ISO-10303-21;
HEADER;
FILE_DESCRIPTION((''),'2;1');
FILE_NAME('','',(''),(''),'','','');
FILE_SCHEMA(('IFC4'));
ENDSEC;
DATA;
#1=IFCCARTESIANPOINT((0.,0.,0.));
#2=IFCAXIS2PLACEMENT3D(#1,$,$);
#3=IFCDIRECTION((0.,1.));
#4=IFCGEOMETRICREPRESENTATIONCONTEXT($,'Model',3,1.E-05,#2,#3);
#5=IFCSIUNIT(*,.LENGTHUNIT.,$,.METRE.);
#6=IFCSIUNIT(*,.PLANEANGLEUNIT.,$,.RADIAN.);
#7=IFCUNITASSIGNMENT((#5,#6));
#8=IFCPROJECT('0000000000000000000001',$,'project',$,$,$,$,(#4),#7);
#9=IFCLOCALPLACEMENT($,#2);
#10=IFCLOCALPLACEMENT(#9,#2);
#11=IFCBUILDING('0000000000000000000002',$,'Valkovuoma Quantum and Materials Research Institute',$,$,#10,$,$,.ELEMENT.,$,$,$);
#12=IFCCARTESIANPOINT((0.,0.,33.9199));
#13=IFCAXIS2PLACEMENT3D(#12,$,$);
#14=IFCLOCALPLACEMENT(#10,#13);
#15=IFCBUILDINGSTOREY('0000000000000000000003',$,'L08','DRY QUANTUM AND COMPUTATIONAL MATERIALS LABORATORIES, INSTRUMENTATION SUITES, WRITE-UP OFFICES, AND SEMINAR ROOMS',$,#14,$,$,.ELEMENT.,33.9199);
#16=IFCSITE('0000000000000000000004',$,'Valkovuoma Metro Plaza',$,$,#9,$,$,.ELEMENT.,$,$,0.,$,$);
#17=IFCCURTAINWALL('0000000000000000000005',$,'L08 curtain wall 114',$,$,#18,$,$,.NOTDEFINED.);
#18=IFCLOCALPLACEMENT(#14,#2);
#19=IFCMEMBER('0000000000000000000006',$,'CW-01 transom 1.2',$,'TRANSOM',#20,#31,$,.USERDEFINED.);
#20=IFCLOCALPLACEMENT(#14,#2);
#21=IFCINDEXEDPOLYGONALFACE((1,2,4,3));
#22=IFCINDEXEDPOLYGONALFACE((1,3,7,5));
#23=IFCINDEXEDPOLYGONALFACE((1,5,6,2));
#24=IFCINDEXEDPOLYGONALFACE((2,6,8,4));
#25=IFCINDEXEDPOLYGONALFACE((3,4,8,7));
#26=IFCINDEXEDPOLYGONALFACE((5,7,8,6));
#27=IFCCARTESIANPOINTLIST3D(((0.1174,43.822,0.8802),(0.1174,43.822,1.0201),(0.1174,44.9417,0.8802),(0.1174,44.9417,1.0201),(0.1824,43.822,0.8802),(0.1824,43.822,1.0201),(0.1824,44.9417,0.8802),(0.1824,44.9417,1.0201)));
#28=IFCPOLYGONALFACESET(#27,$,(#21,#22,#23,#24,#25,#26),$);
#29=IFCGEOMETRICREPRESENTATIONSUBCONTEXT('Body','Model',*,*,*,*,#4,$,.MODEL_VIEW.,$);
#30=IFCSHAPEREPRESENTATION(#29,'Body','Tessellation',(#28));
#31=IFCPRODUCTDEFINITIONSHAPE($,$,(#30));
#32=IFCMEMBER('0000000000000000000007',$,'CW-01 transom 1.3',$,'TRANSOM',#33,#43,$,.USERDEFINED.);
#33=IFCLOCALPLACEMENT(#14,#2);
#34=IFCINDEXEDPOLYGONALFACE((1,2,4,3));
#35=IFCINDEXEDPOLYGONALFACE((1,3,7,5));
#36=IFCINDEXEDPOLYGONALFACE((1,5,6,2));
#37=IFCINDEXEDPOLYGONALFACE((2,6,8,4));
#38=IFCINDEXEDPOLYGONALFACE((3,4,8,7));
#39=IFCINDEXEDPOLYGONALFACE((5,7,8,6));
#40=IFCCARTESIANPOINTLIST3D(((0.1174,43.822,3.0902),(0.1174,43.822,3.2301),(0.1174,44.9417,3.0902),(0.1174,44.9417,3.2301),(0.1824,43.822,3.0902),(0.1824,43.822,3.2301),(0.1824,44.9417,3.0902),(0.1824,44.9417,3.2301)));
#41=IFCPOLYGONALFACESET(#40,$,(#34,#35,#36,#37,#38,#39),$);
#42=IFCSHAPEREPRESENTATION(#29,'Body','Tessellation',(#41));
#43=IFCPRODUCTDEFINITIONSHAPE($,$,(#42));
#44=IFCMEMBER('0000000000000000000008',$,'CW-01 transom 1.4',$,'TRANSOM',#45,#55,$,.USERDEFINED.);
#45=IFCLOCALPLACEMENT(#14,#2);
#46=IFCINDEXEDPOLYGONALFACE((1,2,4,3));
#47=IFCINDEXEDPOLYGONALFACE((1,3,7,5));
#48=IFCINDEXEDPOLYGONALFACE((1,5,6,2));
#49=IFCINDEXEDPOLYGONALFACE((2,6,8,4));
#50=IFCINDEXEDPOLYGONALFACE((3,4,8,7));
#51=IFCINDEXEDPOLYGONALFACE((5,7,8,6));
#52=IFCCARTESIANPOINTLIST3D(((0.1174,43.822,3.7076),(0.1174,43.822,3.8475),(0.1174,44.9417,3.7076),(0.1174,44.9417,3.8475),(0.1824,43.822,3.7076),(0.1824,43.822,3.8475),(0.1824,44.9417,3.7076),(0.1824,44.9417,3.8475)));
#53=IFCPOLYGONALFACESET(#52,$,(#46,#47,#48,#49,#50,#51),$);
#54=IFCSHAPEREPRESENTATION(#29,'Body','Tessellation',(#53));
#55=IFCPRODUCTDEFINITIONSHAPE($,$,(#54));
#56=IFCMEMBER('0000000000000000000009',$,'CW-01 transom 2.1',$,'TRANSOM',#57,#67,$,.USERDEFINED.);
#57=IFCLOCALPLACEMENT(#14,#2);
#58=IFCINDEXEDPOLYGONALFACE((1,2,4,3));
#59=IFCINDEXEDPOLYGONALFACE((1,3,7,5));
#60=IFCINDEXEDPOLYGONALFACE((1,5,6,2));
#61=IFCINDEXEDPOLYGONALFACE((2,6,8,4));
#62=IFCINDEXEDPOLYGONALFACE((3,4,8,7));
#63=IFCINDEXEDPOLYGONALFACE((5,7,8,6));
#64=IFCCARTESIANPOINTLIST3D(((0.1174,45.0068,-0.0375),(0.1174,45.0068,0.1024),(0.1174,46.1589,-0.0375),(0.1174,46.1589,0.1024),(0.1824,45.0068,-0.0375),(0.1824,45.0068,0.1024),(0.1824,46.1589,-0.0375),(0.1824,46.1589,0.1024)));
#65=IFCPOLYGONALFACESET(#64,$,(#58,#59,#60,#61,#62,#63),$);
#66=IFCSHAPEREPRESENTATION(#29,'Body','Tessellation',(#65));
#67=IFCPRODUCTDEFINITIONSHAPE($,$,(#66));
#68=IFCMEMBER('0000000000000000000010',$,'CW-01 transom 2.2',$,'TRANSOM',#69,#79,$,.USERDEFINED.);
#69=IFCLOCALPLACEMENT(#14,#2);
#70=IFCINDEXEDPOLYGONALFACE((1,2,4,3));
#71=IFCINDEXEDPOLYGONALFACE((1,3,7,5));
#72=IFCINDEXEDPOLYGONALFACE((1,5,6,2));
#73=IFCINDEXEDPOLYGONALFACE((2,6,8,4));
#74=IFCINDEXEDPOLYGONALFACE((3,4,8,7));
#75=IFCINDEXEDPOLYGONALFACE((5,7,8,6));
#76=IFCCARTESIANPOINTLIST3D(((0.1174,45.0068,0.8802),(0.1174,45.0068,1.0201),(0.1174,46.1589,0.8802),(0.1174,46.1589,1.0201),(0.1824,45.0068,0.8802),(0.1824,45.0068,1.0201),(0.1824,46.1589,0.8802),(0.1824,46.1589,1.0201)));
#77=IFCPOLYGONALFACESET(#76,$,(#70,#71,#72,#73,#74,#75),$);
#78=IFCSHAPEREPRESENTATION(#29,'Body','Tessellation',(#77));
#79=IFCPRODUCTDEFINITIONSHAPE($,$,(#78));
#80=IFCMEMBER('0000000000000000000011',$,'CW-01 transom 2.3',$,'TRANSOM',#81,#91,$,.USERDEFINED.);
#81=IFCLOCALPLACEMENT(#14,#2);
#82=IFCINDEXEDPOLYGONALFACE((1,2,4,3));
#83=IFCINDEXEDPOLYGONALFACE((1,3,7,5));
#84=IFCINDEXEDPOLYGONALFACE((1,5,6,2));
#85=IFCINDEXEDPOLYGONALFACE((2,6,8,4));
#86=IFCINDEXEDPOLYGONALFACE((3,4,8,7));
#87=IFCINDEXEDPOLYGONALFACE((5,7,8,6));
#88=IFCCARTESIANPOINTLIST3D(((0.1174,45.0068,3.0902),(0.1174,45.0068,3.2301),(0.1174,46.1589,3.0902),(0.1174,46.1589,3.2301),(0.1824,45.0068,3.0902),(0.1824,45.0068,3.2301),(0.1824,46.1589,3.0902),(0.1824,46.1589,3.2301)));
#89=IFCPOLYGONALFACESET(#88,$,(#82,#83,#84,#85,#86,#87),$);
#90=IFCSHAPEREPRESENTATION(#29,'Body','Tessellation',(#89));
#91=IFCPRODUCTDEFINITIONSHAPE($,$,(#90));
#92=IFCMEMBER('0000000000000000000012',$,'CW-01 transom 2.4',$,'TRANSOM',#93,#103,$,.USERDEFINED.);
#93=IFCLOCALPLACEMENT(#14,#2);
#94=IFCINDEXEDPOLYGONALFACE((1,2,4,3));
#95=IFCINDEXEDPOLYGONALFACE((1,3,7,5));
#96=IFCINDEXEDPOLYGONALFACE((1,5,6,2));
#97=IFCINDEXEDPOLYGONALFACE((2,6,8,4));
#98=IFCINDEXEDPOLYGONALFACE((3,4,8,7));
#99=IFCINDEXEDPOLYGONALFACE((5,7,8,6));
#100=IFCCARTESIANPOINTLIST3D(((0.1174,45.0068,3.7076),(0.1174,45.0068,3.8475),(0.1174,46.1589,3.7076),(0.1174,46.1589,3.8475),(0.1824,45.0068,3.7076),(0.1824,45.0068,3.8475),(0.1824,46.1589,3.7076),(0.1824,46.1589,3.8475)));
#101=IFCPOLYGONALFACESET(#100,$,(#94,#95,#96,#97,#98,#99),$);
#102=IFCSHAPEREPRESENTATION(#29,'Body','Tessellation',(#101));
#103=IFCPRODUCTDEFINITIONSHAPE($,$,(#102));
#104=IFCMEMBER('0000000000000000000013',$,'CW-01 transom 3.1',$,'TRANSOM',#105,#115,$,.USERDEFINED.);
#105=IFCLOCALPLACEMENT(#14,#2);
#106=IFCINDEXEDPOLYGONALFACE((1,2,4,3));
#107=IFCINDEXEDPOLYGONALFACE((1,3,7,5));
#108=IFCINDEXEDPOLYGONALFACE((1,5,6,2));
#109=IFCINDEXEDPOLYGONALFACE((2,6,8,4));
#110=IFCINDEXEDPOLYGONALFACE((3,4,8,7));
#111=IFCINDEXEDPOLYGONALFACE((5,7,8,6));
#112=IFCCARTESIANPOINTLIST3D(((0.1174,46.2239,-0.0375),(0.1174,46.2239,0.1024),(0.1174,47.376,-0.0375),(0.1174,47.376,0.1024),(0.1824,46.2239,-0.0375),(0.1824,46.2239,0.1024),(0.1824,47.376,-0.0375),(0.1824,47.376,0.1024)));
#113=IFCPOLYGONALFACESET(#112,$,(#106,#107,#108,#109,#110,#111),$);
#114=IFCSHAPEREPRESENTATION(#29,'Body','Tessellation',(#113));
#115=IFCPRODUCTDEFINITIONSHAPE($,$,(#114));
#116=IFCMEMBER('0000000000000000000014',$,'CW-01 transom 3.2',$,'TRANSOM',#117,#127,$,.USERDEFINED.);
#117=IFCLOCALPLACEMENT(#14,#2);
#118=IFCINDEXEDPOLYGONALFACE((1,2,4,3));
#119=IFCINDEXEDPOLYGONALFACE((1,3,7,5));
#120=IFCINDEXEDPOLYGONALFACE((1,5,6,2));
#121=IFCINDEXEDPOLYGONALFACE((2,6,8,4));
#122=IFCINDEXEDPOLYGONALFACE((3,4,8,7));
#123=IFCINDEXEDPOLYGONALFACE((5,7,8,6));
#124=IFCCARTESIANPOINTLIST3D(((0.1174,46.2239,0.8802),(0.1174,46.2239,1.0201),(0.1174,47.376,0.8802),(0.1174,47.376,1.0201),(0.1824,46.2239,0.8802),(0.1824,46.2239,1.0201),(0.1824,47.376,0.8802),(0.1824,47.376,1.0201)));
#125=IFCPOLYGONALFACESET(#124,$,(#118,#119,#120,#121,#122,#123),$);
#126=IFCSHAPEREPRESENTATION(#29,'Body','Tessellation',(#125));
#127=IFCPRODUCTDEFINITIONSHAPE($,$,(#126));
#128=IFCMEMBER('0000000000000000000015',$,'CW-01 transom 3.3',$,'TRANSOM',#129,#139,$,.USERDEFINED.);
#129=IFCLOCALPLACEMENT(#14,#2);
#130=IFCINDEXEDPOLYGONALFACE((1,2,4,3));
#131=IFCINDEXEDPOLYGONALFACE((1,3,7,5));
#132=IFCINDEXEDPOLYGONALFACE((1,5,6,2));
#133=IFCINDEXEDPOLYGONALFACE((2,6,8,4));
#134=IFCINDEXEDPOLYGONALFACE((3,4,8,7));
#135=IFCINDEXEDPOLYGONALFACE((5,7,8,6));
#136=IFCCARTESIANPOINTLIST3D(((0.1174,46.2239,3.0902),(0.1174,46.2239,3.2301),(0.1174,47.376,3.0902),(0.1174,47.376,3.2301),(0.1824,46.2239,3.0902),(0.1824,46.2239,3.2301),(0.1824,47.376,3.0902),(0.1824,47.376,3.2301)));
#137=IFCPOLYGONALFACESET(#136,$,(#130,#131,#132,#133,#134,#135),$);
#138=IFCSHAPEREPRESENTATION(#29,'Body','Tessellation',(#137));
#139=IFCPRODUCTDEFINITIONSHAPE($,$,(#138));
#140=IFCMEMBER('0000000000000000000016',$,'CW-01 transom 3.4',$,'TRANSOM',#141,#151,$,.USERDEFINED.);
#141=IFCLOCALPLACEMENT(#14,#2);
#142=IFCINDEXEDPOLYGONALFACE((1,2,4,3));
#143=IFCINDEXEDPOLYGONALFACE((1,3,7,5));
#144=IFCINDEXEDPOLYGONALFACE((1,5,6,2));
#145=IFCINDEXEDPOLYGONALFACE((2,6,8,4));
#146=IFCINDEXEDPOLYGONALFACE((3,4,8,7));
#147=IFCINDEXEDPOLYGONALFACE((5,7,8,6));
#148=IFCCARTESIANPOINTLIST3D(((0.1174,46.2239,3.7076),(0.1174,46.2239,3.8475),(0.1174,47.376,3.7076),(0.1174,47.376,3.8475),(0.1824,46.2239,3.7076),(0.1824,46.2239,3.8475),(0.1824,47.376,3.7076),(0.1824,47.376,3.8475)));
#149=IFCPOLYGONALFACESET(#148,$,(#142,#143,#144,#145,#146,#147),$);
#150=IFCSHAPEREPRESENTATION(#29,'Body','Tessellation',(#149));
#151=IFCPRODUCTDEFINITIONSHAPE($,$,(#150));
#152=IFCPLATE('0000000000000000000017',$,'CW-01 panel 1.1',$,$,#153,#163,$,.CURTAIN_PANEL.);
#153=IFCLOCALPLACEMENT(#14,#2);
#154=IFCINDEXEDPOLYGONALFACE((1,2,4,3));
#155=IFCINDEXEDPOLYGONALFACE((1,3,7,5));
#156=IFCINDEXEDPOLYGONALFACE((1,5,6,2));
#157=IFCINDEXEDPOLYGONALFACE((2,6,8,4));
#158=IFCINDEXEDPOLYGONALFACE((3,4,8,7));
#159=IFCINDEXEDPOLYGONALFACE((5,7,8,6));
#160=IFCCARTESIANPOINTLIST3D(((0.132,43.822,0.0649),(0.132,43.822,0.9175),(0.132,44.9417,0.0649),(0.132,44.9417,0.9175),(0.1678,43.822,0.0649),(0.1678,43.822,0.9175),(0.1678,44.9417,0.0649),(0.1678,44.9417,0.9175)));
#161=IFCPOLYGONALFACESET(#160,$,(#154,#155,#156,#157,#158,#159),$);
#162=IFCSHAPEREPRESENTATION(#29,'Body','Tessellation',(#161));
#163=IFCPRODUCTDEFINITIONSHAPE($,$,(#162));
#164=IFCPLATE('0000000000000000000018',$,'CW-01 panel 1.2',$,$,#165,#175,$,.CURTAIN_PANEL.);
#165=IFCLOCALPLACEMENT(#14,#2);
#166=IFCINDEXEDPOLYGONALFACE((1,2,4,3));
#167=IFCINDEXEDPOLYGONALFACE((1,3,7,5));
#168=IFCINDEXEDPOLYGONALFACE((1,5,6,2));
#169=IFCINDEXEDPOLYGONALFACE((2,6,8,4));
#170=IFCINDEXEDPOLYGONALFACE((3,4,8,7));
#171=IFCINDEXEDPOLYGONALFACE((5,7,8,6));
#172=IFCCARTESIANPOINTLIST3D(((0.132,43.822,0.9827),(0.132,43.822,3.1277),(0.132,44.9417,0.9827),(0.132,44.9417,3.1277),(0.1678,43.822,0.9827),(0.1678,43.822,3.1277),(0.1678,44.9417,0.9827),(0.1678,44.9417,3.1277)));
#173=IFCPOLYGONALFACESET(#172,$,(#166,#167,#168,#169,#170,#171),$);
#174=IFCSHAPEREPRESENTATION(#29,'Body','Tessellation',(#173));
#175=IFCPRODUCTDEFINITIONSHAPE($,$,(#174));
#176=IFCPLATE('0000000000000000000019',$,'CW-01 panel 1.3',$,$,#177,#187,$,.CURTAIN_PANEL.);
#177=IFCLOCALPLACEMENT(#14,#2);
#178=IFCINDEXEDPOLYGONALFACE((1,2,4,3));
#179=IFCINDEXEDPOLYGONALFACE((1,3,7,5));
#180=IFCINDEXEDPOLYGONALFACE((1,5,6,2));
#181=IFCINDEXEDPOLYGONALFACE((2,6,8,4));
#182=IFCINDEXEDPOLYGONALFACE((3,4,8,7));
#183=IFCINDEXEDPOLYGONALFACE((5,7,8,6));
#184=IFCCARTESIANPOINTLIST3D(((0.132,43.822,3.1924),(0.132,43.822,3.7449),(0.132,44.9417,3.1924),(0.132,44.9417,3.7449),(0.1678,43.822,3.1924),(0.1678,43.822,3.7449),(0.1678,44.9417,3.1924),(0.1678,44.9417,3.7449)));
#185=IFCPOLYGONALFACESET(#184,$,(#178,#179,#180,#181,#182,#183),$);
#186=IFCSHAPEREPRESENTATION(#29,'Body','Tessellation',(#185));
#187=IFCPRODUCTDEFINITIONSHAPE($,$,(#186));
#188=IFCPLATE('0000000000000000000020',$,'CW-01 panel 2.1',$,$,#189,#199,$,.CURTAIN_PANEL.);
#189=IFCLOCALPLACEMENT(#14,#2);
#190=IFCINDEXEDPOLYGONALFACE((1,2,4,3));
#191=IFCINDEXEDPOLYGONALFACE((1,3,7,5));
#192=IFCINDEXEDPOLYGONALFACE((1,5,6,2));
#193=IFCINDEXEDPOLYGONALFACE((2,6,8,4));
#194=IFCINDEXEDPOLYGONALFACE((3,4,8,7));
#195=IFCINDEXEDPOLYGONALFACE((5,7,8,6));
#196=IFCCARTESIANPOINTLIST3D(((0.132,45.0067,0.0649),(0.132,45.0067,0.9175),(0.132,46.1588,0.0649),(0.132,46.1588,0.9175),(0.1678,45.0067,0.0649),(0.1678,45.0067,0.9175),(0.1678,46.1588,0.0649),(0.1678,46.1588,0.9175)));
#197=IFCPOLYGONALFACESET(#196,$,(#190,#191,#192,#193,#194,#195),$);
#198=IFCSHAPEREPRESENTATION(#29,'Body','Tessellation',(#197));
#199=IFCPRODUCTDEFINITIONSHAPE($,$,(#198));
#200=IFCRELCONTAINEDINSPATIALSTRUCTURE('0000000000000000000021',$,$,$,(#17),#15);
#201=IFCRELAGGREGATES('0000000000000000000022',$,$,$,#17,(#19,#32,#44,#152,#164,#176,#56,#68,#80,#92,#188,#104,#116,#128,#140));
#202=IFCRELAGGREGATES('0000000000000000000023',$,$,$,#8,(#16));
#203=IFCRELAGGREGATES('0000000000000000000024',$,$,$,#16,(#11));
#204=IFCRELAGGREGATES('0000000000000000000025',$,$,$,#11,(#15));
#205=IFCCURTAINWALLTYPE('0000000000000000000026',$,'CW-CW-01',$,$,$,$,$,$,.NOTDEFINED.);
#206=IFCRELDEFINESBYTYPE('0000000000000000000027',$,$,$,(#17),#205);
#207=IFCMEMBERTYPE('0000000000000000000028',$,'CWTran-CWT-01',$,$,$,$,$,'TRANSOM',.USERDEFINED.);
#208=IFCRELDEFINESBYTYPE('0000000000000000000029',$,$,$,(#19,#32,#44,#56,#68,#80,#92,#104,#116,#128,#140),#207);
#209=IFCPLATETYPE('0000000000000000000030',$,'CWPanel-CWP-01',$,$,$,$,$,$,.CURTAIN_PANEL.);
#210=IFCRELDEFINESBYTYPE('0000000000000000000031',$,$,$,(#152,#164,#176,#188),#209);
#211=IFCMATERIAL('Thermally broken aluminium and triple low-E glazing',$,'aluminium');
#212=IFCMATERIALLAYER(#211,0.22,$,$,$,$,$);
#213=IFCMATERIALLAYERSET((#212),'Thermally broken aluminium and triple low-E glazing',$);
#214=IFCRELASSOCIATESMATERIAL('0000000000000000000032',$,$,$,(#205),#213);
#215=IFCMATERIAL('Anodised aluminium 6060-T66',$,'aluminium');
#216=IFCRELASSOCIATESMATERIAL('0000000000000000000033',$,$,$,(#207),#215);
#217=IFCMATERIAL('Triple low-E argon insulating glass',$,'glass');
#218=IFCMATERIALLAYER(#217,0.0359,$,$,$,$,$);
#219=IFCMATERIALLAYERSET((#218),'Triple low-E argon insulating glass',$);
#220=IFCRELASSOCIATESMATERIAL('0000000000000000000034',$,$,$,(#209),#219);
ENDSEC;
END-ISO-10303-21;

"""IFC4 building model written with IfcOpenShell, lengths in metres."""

from ifc_helpers import new_model, si_unit, direction, frame, origin, origin_2d, place, context, subcontext, project, spatial, rectangle, extrude, material, layer, layer_set, material_profile, profile_set, type_object, element, aggregate, save


model = new_model("IFC4")

# Units and contexts
model_context = context("Model", 3, precision=1e-05, world=origin(), true_north=direction((0.0, 1.0)))
body_context = subcontext(model_context, "Body", "Model", "MODEL_VIEW")
ifc_project = project(units=[si_unit("LENGTHUNIT", "METRE"), si_unit("PLANEANGLEUNIT", "RADIAN")], contexts=[model_context])

# Site, building, storey
site_placement = place(None, origin())
site = spatial("IfcSite", under=ifc_project, at=site_placement, Name="Valkovuoma Metro Plaza", CompositionType="ELEMENT", RefElevation=0.0)
building_placement = place(site_placement, origin())
building = spatial("IfcBuilding", under=site, at=building_placement, Name="Valkovuoma Quantum and Materials Research Institute", CompositionType="ELEMENT")
storey_placement = place(building_placement, frame((0.0, 0.0, 33.9199)))
storey = spatial("IfcBuildingStorey", under=building, at=storey_placement, Name="L08", Description="DRY QUANTUM AND COMPUTATIONAL MATERIALS LABORATORIES, INSTRUMENTATION SUITES, WRITE-UP OFFICES, AND SEMINAR ROOMS", CompositionType="ELEMENT", Elevation=33.9199)

# Shared definitions
ifc_material_1 = material(Name="Thermally broken aluminium and triple low-E glazing", Category="aluminium")
ifc_layer_1 = layer(ifc_material_1, 0.22)
ifc_layer_set_1 = layer_set([ifc_layer_1], Name="Thermally broken aluminium and triple low-E glazing")
curtain_wall_type = type_object("IfcCurtainWallType", Name="CW-CW-01", PredefinedType="NOTDEFINED", material=ifc_layer_set_1)

# Curtain wall, members, plates
curtain_wall_1_placement = place(storey_placement, origin())
curtain_wall_1 = element("IfcCurtainWall", 1, at=curtain_wall_1_placement, inside=storey, type_object=curtain_wall_type, Name="L08 curtain wall 114", PredefinedType="NOTDEFINED")
ifc_material_2 = material(Name="Anodised aluminium 6060-T66", Category="aluminium")
ifc_material_profile_1 = material_profile(ifc_material_2, rectangle(XDim=0.0649, YDim=0.1399, at=origin_2d()), Name="Anodised aluminium 6060-T66")
ifc_profile_set_1 = profile_set([ifc_material_profile_1], Name="Anodised aluminium 6060-T66")
member_type_1 = type_object("IfcMemberType", Name="CWTran-CWT-01", ElementType="TRANSOM", PredefinedType="USERDEFINED", material=ifc_profile_set_1)
member_1_placement = place(storey_placement, frame((0.1499, 43.822, 0.9502), z_axis=(0.0, 1.0, 0.0), x_axis=(-1.0, 0.0, 0.0)))
member_1 = element("IfcMember", 2, at=member_1_placement, type_object=member_type_1, Name="CW-01 transom 1.2", ObjectType="TRANSOM", PredefinedType="USERDEFINED", context=body_context, shape_type="SweptSolid", body=[
    extrude(rectangle(XDim=0.0649, YDim=0.1399, at=origin_2d()), origin(), (0.0, 0.0, 1.0), 1.1196),
])
member_2_placement = place(storey_placement, frame((0.1499, 43.822, 3.1602), z_axis=(0.0, 1.0, 0.0), x_axis=(-1.0, 0.0, 0.0)))
member_2 = element("IfcMember", 3, at=member_2_placement, type_object=member_type_1, Name="CW-01 transom 1.3", ObjectType="TRANSOM", PredefinedType="USERDEFINED", context=body_context, shape_type="SweptSolid", body=[
    extrude(rectangle(XDim=0.0649, YDim=0.1399, at=origin_2d()), origin(), (0.0, 0.0, 1.0), 1.1196),
])
member_3_placement = place(storey_placement, frame((0.1499, 43.822, 3.7776), z_axis=(0.0, 1.0, 0.0), x_axis=(-1.0, 0.0, 0.0)))
member_3 = element("IfcMember", 4, at=member_3_placement, type_object=member_type_1, Name="CW-01 transom 1.4", ObjectType="TRANSOM", PredefinedType="USERDEFINED", context=body_context, shape_type="SweptSolid", body=[
    extrude(rectangle(XDim=0.0649, YDim=0.1399, at=origin_2d()), origin(), (0.0, 0.0, 1.0), 1.1196),
])
member_4_placement = place(storey_placement, frame((0.1499, 45.0068, 0.0325), z_axis=(0.0, 1.0, 0.0), x_axis=(-1.0, 0.0, 0.0)))
member_4 = element("IfcMember", 5, at=member_4_placement, type_object=member_type_1, Name="CW-01 transom 2.1", ObjectType="TRANSOM", PredefinedType="USERDEFINED", context=body_context, shape_type="SweptSolid", body=[
    extrude(rectangle(XDim=0.0649, YDim=0.1399, at=origin_2d()), origin(), (0.0, 0.0, 1.0), 1.1521),
])
member_5_placement = place(storey_placement, frame((0.1499, 45.0068, 0.9502), z_axis=(0.0, 1.0, 0.0), x_axis=(-1.0, 0.0, 0.0)))
member_5 = element("IfcMember", 6, at=member_5_placement, type_object=member_type_1, Name="CW-01 transom 2.2", ObjectType="TRANSOM", PredefinedType="USERDEFINED", context=body_context, shape_type="SweptSolid", body=[
    extrude(rectangle(XDim=0.0649, YDim=0.1399, at=origin_2d()), origin(), (0.0, 0.0, 1.0), 1.1521),
])
member_6_placement = place(storey_placement, frame((0.1499, 45.0068, 3.1602), z_axis=(0.0, 1.0, 0.0), x_axis=(-1.0, 0.0, 0.0)))
member_6 = element("IfcMember", 7, at=member_6_placement, type_object=member_type_1, Name="CW-01 transom 2.3", ObjectType="TRANSOM", PredefinedType="USERDEFINED", context=body_context, shape_type="SweptSolid", body=[
    extrude(rectangle(XDim=0.0649, YDim=0.1399, at=origin_2d()), origin(), (0.0, 0.0, 1.0), 1.1521),
])
member_7_placement = place(storey_placement, frame((0.1499, 45.0068, 3.7776), z_axis=(0.0, 1.0, 0.0), x_axis=(-1.0, 0.0, 0.0)))
member_7 = element("IfcMember", 8, at=member_7_placement, type_object=member_type_1, Name="CW-01 transom 2.4", ObjectType="TRANSOM", PredefinedType="USERDEFINED", context=body_context, shape_type="SweptSolid", body=[
    extrude(rectangle(XDim=0.0649, YDim=0.1399, at=origin_2d()), origin(), (0.0, 0.0, 1.0), 1.1521),
])
member_8_placement = place(storey_placement, frame((0.1499, 46.2239, 0.0325), z_axis=(0.0, 1.0, 0.0), x_axis=(-1.0, 0.0, 0.0)))
member_8 = element("IfcMember", 9, at=member_8_placement, type_object=member_type_1, Name="CW-01 transom 3.1", ObjectType="TRANSOM", PredefinedType="USERDEFINED", context=body_context, shape_type="SweptSolid", body=[
    extrude(rectangle(XDim=0.0649, YDim=0.1399, at=origin_2d()), origin(), (0.0, 0.0, 1.0), 1.1521),
])
member_9_placement = place(storey_placement, frame((0.1499, 46.2239, 0.9502), z_axis=(0.0, 1.0, 0.0), x_axis=(-1.0, 0.0, 0.0)))
member_9 = element("IfcMember", 10, at=member_9_placement, type_object=member_type_1, Name="CW-01 transom 3.2", ObjectType="TRANSOM", PredefinedType="USERDEFINED", context=body_context, shape_type="SweptSolid", body=[
    extrude(rectangle(XDim=0.0649, YDim=0.1399, at=origin_2d()), origin(), (0.0, 0.0, 1.0), 1.1521),
])
member_10_placement = place(storey_placement, frame((0.1499, 46.2239, 3.1602), z_axis=(0.0, 1.0, 0.0), x_axis=(-1.0, 0.0, 0.0)))
member_10 = element("IfcMember", 11, at=member_10_placement, type_object=member_type_1, Name="CW-01 transom 3.3", ObjectType="TRANSOM", PredefinedType="USERDEFINED", context=body_context, shape_type="SweptSolid", body=[
    extrude(rectangle(XDim=0.0649, YDim=0.1399, at=origin_2d()), origin(), (0.0, 0.0, 1.0), 1.1521),
])
member_11_placement = place(storey_placement, frame((0.1499, 46.2239, 3.7776), z_axis=(0.0, 1.0, 0.0), x_axis=(-1.0, 0.0, 0.0)))
member_11 = element("IfcMember", 12, at=member_11_placement, type_object=member_type_1, Name="CW-01 transom 3.4", ObjectType="TRANSOM", PredefinedType="USERDEFINED", context=body_context, shape_type="SweptSolid", body=[
    extrude(rectangle(XDim=0.0649, YDim=0.1399, at=origin_2d()), origin(), (0.0, 0.0, 1.0), 1.1521),
])
ifc_material_3 = material(Name="Triple low-E argon insulating glass", Category="glass")
ifc_layer_2 = layer(ifc_material_3, 0.0359)
ifc_layer_set_2 = layer_set([ifc_layer_2], Name="Triple low-E argon insulating glass")
plate_type = type_object("IfcPlateType", Name="CWPanel-CWP-01", PredefinedType="CURTAIN_PANEL", material=ifc_layer_set_2)
plate_1_placement = place(storey_placement, frame((0.1499, 44.3818, 0.0649), z_axis=(0.0, 0.0, 1.0), x_axis=(0.0, 1.0, 0.0)))
plate_1 = element("IfcPlate", 13, at=plate_1_placement, type_object=plate_type, Name="CW-01 panel 1.1", PredefinedType="CURTAIN_PANEL", context=body_context, shape_type="SweptSolid", body=[
    extrude(rectangle(XDim=1.1196, YDim=0.0359, at=origin_2d()), origin(), (0.0, 0.0, 1.0), 0.8525),
])
plate_2_placement = place(storey_placement, frame((0.1499, 44.3818, 0.9827), z_axis=(0.0, 0.0, 1.0), x_axis=(0.0, 1.0, 0.0)))
plate_2 = element("IfcPlate", 14, at=plate_2_placement, type_object=plate_type, Name="CW-01 panel 1.2", PredefinedType="CURTAIN_PANEL", context=body_context, shape_type="SweptSolid", body=[
    extrude(rectangle(XDim=1.1196, YDim=0.0359, at=origin_2d()), origin(), (0.0, 0.0, 1.0), 2.145),
])
plate_3_placement = place(storey_placement, frame((0.1499, 44.3818, 3.1924), z_axis=(0.0, 0.0, 1.0), x_axis=(0.0, 1.0, 0.0)))
plate_3 = element("IfcPlate", 15, at=plate_3_placement, type_object=plate_type, Name="CW-01 panel 1.3", PredefinedType="CURTAIN_PANEL", context=body_context, shape_type="SweptSolid", body=[
    extrude(rectangle(XDim=1.1196, YDim=0.0359, at=origin_2d()), origin(), (0.0, 0.0, 1.0), 0.5525),
])
plate_4_placement = place(storey_placement, frame((0.1499, 45.5828, 0.0649), z_axis=(0.0, 0.0, 1.0), x_axis=(0.0, 1.0, 0.0)))
plate_4 = element("IfcPlate", 16, at=plate_4_placement, type_object=plate_type, Name="CW-01 panel 2.1", PredefinedType="CURTAIN_PANEL", context=body_context, shape_type="SweptSolid", body=[
    extrude(rectangle(XDim=1.1521, YDim=0.0359, at=origin_2d()), origin(), (0.0, 0.0, 1.0), 0.8525),
])
aggregate(curtain_wall_1, [member_1, member_2, member_3, plate_1, plate_2, plate_3, member_4, member_5, member_6, member_7, plate_4, member_8, member_9, member_10, member_11])

save(model, "model.ifc")
